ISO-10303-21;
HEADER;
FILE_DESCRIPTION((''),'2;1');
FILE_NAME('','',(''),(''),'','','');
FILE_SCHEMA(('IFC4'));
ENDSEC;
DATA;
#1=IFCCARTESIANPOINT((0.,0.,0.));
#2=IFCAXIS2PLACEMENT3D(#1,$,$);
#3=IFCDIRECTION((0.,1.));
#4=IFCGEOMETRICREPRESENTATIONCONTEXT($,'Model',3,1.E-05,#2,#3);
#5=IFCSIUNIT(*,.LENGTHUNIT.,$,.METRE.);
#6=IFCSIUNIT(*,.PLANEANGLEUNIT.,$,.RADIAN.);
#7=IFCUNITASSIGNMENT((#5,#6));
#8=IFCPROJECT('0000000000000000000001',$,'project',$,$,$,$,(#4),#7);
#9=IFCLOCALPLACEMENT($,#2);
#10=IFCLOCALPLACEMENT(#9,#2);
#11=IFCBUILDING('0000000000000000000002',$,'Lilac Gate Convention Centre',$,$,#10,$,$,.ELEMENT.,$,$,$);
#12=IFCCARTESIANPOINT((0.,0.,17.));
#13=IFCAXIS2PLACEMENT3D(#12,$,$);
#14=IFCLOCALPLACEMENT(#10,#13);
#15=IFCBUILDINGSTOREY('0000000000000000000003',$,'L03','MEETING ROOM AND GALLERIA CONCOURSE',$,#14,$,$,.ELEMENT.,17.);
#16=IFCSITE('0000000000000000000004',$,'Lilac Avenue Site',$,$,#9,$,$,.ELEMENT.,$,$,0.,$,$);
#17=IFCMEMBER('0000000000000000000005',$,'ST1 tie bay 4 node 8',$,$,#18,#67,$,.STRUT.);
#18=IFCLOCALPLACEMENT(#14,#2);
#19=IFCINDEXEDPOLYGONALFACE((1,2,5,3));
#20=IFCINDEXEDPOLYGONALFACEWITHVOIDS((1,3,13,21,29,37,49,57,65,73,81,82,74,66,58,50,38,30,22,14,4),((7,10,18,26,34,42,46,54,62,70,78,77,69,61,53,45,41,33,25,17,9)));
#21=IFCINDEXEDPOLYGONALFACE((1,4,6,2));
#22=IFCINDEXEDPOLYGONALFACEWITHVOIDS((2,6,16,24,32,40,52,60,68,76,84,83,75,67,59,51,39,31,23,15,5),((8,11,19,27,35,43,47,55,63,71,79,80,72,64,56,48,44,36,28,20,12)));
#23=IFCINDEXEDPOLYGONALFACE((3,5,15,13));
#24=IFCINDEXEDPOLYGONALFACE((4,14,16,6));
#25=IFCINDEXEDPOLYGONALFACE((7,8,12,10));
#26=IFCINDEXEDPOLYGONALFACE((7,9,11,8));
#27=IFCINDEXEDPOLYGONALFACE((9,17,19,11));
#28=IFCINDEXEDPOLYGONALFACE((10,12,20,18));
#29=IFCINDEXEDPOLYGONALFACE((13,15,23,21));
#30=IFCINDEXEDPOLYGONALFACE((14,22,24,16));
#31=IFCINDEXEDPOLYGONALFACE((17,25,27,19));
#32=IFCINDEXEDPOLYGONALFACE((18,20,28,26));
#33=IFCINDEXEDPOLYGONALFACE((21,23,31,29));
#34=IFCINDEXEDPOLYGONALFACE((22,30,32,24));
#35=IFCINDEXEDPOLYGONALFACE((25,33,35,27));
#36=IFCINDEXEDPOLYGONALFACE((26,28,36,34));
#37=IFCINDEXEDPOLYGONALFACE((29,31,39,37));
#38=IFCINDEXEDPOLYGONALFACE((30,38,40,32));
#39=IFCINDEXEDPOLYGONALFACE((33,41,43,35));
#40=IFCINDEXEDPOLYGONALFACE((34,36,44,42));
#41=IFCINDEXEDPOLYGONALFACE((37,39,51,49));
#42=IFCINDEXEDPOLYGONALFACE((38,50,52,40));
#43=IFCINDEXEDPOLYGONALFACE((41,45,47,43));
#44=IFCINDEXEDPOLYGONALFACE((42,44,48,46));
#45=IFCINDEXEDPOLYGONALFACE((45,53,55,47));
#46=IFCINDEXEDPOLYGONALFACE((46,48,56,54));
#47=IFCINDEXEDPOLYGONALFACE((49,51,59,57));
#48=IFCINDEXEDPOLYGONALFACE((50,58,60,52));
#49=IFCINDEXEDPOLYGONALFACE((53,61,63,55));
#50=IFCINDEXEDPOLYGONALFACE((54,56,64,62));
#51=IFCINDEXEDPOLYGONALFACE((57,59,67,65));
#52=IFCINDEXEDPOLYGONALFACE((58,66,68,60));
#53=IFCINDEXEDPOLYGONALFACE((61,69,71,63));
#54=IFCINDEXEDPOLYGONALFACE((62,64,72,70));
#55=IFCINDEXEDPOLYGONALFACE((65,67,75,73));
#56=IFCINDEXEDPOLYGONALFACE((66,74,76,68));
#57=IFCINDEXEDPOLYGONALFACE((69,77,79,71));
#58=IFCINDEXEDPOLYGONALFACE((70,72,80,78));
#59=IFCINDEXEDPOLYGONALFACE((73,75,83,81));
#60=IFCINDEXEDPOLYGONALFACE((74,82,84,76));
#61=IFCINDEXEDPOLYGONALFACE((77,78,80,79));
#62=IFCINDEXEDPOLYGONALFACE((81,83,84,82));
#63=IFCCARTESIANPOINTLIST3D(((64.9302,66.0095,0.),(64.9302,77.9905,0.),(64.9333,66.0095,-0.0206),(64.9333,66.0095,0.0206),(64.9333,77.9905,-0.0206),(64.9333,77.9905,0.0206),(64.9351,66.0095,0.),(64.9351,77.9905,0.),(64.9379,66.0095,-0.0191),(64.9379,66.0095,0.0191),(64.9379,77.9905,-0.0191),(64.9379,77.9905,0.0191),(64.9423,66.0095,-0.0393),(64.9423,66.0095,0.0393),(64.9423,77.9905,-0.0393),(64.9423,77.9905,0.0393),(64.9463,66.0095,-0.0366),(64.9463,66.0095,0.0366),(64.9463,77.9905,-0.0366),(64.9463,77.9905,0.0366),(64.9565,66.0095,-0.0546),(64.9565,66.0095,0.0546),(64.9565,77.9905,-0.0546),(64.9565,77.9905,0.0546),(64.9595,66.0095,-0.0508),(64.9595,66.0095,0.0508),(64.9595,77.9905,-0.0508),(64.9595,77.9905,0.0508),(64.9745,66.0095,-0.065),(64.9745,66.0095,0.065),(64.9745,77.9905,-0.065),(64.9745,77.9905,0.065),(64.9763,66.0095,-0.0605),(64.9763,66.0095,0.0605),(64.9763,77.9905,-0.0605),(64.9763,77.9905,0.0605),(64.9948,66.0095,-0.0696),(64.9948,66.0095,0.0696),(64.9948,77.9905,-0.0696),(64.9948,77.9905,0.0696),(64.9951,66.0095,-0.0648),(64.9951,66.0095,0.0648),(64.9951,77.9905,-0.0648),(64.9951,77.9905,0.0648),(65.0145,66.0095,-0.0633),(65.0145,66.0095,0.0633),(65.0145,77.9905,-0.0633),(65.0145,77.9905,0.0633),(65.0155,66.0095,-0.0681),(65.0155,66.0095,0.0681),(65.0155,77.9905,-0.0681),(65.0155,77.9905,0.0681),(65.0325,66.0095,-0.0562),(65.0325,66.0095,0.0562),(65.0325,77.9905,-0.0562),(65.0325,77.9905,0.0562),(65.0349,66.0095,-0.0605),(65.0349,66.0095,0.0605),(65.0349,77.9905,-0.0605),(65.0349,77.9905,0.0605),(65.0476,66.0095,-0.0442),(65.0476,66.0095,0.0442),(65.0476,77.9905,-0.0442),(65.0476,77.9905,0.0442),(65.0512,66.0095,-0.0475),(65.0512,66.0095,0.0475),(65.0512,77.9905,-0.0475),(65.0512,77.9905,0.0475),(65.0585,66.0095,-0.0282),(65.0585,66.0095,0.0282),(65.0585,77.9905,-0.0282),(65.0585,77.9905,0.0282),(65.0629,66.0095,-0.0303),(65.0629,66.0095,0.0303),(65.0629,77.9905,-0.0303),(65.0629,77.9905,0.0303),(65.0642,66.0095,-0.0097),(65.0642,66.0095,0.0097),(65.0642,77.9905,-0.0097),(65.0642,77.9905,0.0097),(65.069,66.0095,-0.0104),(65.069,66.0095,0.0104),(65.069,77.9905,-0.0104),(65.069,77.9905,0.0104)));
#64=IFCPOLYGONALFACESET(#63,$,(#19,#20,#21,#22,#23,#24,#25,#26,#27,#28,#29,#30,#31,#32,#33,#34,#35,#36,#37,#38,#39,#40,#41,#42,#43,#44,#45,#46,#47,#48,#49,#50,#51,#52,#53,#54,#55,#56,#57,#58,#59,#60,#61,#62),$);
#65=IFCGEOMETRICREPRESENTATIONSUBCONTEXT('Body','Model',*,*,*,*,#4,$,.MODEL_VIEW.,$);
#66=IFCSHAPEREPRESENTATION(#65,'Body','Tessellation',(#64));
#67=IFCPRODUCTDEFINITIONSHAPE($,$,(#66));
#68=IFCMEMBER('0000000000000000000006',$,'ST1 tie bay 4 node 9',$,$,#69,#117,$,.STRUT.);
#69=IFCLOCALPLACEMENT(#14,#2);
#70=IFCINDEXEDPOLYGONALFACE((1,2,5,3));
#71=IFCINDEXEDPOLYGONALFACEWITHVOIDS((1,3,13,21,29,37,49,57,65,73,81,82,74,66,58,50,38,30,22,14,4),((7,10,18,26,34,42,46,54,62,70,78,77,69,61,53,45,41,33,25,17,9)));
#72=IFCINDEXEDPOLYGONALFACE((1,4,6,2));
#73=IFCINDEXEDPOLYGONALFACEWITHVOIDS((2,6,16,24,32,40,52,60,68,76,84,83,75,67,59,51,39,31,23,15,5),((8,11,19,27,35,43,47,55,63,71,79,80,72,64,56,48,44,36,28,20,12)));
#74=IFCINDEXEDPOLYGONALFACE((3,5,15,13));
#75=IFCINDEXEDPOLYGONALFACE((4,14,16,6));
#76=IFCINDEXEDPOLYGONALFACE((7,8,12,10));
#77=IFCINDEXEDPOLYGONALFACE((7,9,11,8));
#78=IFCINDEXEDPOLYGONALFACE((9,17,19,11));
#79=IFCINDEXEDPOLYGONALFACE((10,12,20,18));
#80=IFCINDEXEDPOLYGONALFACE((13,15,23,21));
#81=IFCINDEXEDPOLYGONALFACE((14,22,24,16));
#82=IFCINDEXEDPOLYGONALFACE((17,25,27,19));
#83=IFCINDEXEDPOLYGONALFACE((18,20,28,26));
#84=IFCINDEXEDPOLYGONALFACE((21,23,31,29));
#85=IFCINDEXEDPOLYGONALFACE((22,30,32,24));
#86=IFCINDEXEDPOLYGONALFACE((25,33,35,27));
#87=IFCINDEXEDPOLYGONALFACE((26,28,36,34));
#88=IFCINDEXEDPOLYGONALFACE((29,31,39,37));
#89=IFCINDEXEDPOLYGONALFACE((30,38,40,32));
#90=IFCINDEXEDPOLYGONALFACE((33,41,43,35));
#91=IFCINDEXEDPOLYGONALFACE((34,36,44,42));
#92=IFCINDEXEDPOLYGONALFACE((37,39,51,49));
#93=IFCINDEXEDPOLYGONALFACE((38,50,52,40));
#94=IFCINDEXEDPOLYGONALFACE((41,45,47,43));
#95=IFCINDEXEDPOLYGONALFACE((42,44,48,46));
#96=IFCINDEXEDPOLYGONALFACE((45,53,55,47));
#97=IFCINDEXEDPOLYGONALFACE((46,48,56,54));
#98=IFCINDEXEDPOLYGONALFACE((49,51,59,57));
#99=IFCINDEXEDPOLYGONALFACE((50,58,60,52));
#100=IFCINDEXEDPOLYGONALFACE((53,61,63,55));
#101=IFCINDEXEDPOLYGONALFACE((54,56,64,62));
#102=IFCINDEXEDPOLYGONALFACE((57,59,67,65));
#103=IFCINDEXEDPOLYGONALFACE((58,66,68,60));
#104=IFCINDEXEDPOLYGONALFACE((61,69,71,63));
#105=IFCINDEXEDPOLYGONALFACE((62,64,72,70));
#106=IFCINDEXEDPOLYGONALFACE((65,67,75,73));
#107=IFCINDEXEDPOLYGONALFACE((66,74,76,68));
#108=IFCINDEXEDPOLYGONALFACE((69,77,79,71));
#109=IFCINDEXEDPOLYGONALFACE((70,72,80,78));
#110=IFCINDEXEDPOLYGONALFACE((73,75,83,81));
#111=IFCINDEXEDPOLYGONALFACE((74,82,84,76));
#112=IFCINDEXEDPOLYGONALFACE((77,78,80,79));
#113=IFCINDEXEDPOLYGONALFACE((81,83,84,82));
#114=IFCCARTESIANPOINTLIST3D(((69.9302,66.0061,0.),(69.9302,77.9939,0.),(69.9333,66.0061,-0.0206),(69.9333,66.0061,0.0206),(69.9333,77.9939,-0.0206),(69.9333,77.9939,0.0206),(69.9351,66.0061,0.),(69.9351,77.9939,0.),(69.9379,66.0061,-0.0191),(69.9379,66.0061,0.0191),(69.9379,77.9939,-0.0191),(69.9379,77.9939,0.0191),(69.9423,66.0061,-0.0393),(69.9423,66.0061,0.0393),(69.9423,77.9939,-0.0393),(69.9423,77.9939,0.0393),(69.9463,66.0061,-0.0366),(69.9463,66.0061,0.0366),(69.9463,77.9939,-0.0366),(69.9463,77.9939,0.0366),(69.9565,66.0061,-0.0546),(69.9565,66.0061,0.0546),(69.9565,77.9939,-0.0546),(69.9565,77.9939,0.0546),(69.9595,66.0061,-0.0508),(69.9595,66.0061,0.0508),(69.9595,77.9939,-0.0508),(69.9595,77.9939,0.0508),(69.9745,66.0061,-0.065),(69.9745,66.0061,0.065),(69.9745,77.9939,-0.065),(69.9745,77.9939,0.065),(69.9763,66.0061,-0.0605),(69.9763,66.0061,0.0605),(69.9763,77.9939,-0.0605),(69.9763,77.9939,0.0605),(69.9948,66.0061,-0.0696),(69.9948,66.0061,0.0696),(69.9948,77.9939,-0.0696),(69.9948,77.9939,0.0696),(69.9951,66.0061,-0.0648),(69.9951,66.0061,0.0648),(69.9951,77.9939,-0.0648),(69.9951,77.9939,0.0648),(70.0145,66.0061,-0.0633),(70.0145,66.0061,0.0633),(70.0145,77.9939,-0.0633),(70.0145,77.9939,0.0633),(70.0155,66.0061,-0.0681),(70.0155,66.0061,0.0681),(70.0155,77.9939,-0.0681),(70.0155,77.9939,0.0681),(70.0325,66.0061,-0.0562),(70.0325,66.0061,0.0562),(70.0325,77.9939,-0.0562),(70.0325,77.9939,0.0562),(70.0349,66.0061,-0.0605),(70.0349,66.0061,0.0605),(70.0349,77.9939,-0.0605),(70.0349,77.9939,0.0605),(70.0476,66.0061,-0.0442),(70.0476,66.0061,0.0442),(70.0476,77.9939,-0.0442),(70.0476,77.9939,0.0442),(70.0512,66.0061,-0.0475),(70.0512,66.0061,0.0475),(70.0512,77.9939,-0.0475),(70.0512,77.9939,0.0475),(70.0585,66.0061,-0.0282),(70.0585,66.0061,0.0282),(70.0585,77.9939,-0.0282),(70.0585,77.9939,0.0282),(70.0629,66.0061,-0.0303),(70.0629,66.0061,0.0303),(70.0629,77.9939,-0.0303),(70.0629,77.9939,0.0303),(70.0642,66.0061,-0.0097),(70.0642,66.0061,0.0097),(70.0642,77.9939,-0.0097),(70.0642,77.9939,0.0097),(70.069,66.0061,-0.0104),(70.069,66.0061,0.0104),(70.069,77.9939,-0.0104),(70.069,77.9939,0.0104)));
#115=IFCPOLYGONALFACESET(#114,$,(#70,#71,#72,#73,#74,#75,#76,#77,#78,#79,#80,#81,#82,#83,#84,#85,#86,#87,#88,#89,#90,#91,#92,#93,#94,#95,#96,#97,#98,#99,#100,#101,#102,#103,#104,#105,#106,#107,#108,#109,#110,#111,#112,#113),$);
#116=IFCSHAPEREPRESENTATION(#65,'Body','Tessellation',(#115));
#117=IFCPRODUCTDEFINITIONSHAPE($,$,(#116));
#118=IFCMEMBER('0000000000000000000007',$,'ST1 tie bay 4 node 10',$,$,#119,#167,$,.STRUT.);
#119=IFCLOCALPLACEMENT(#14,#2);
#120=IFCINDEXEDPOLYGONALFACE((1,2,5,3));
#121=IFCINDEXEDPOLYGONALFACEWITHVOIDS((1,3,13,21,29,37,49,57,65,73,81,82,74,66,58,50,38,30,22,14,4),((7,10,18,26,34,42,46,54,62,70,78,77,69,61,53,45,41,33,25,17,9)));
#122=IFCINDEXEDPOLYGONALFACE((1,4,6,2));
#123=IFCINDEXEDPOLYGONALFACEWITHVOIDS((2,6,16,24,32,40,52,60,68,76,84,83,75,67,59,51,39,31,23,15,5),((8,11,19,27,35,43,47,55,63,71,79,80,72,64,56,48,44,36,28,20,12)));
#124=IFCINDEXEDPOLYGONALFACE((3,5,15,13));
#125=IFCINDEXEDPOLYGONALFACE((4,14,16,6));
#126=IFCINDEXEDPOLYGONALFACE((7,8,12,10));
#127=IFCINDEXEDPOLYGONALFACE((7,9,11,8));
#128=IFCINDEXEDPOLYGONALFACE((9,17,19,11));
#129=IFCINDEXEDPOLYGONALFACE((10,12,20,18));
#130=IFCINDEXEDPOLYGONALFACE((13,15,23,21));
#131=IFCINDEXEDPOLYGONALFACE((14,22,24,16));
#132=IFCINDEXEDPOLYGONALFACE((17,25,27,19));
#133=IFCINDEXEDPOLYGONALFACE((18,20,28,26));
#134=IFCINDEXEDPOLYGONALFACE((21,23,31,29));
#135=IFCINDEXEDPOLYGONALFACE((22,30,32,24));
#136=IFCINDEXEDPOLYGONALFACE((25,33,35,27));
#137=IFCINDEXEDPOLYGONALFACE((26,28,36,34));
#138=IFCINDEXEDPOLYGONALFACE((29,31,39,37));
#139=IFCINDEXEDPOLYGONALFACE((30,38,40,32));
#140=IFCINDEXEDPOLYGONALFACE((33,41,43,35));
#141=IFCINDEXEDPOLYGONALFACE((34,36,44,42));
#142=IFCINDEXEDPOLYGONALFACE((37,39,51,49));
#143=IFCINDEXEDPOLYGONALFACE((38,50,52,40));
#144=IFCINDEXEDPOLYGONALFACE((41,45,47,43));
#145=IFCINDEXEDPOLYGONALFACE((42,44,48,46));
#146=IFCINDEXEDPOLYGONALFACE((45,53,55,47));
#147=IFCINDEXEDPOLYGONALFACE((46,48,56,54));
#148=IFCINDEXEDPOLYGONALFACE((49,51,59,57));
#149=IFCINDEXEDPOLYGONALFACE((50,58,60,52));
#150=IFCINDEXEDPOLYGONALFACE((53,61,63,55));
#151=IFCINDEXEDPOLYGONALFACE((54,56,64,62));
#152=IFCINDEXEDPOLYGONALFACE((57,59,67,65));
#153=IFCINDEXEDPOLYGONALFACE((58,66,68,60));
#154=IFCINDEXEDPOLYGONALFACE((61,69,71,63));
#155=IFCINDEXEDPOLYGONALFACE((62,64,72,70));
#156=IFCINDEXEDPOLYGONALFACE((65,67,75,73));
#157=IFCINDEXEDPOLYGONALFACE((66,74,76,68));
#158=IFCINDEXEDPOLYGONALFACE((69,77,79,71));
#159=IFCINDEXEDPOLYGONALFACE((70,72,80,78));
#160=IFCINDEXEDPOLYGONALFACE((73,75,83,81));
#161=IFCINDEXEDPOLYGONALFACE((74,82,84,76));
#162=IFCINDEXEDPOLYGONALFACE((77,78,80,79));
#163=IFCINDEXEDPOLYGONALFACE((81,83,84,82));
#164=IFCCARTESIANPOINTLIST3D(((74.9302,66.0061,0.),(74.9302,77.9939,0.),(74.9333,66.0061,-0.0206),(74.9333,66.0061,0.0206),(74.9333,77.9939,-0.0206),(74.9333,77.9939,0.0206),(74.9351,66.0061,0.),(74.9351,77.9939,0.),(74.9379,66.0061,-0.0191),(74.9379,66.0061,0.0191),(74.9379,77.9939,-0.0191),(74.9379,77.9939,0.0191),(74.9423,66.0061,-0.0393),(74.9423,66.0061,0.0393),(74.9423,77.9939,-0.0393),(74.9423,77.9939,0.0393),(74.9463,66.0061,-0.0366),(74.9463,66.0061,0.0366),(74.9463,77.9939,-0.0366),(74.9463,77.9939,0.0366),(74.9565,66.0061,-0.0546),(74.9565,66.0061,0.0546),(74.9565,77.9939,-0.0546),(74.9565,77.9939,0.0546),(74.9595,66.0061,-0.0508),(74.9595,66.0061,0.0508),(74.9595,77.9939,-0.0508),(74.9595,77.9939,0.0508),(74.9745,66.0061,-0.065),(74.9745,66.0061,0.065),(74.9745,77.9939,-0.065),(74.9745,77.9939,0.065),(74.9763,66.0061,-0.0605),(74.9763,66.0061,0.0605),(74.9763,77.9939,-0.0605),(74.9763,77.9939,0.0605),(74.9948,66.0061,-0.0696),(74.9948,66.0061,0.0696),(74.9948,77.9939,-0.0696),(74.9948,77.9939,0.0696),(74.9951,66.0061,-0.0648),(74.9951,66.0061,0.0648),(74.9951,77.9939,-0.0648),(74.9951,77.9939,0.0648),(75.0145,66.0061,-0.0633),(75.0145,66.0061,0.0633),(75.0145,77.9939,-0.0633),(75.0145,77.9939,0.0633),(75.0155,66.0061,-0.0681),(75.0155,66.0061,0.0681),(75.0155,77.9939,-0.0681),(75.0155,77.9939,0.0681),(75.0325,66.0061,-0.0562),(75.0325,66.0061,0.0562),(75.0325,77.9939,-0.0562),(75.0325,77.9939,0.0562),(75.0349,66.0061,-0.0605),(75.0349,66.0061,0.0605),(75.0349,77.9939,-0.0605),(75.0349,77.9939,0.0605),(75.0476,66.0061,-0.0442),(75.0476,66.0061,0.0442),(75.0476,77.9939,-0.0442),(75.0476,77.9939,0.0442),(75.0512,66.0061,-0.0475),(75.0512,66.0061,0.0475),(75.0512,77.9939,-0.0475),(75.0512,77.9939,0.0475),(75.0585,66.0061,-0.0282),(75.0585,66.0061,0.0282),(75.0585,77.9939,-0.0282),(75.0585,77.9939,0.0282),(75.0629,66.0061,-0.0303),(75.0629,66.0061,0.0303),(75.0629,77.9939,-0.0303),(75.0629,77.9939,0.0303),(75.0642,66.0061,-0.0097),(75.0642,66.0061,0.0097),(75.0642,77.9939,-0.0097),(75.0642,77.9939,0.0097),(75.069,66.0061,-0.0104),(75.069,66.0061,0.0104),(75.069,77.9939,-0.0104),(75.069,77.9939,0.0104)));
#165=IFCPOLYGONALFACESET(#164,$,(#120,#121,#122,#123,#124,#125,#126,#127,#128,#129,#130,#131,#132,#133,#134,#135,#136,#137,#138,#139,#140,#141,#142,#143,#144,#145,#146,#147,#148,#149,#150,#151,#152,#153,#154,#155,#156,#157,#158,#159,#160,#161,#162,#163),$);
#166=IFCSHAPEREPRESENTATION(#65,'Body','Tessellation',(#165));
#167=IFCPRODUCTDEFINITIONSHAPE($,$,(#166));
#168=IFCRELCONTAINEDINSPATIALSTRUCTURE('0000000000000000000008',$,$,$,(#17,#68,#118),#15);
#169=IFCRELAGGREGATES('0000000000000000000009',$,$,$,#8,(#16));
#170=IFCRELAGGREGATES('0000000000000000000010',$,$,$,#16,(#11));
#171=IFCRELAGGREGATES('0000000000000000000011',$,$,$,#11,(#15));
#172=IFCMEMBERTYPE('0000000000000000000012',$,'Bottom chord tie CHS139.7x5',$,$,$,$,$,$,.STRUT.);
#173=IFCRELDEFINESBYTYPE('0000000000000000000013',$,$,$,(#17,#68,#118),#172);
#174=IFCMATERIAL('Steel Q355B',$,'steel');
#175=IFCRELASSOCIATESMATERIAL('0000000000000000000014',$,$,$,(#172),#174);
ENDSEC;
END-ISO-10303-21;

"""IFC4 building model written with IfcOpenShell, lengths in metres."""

from ifc_helpers import new_model, si_unit, direction, frame, origin, origin_2d, place, context, subcontext, project, spatial, hollow_circle, extrude, material, material_profile, profile_set, type_object, element, save


model = new_model("IFC4")

# Units and contexts
model_context = context("Model", 3, precision=1e-05, world=origin(), true_north=direction((0.0, 1.0)))
body_context = subcontext(model_context, "Body", "Model", "MODEL_VIEW")
ifc_project = project(units=[si_unit("LENGTHUNIT", "METRE"), si_unit("PLANEANGLEUNIT", "RADIAN")], contexts=[model_context])

# Site, building, storey
site_placement = place(None, origin())
site = spatial("IfcSite", under=ifc_project, at=site_placement, Name="Lilac Avenue Site", CompositionType="ELEMENT", RefElevation=0.0)
building_placement = place(site_placement, origin())
building = spatial("IfcBuilding", under=site, at=building_placement, Name="Lilac Gate Convention Centre", CompositionType="ELEMENT")
storey_placement = place(building_placement, frame((0.0, 0.0, 17.0)))
storey = spatial("IfcBuildingStorey", under=building, at=storey_placement, Name="L03", Description="MEETING ROOM AND GALLERIA CONCOURSE", CompositionType="ELEMENT", Elevation=17.0)

# Members
ifc_material = material(Name="Steel Q355B", Category="steel")
ifc_material_profile_1 = material_profile(ifc_material, hollow_circle(Radius=0.0698, WallThickness=0.0049, at=origin_2d()), Name="CHS139.7x5")
ifc_profile_set_1 = profile_set([ifc_material_profile_1], Name="Steel Q355B")
member_type_1 = type_object("IfcMemberType", Name="Bottom chord tie CHS139.7x5", PredefinedType="STRUT", material=ifc_profile_set_1)
member_1_placement = place(storey_placement, frame((65.0, 66.0095, 0.0), z_axis=(0.0, 1.0, 0.0), x_axis=(-1.0, 0.0, 0.0)))
element("IfcMember", 1, at=member_1_placement, inside=storey, type_object=member_type_1, Name="ST1 tie bay 4 node 8", PredefinedType="STRUT", context=body_context, shape_type="SweptSolid", body=[
    extrude(hollow_circle(Radius=0.0698, WallThickness=0.0049, at=origin_2d()), origin(), (0.0, 0.0, 1.0), 11.981),
])
for number, where, z_axis, x_axis, name in (
    (2, (70.0, 66.0061, 0.0), (0.0, 1.0, 0.0), (-1.0, 0.0, 0.0), "ST1 tie bay 4 node 9"),
    (3, (75.0, 66.0061, 0.0), (0.0, 1.0, 0.0), (-1.0, 0.0, 0.0), "ST1 tie bay 4 node 10"),
):
    element("IfcMember", number, at=place(storey_placement, frame(where, z_axis=z_axis, x_axis=x_axis)), inside=storey, type_object=member_type_1, Name=name, PredefinedType="STRUT", context=body_context, shape_type="SweptSolid", body=[
        extrude(hollow_circle(Radius=0.0698, WallThickness=0.0049, at=origin_2d()), origin(), (0.0, 0.0, 1.0), 11.9878),
    ])

save(model, "model.ifc")
